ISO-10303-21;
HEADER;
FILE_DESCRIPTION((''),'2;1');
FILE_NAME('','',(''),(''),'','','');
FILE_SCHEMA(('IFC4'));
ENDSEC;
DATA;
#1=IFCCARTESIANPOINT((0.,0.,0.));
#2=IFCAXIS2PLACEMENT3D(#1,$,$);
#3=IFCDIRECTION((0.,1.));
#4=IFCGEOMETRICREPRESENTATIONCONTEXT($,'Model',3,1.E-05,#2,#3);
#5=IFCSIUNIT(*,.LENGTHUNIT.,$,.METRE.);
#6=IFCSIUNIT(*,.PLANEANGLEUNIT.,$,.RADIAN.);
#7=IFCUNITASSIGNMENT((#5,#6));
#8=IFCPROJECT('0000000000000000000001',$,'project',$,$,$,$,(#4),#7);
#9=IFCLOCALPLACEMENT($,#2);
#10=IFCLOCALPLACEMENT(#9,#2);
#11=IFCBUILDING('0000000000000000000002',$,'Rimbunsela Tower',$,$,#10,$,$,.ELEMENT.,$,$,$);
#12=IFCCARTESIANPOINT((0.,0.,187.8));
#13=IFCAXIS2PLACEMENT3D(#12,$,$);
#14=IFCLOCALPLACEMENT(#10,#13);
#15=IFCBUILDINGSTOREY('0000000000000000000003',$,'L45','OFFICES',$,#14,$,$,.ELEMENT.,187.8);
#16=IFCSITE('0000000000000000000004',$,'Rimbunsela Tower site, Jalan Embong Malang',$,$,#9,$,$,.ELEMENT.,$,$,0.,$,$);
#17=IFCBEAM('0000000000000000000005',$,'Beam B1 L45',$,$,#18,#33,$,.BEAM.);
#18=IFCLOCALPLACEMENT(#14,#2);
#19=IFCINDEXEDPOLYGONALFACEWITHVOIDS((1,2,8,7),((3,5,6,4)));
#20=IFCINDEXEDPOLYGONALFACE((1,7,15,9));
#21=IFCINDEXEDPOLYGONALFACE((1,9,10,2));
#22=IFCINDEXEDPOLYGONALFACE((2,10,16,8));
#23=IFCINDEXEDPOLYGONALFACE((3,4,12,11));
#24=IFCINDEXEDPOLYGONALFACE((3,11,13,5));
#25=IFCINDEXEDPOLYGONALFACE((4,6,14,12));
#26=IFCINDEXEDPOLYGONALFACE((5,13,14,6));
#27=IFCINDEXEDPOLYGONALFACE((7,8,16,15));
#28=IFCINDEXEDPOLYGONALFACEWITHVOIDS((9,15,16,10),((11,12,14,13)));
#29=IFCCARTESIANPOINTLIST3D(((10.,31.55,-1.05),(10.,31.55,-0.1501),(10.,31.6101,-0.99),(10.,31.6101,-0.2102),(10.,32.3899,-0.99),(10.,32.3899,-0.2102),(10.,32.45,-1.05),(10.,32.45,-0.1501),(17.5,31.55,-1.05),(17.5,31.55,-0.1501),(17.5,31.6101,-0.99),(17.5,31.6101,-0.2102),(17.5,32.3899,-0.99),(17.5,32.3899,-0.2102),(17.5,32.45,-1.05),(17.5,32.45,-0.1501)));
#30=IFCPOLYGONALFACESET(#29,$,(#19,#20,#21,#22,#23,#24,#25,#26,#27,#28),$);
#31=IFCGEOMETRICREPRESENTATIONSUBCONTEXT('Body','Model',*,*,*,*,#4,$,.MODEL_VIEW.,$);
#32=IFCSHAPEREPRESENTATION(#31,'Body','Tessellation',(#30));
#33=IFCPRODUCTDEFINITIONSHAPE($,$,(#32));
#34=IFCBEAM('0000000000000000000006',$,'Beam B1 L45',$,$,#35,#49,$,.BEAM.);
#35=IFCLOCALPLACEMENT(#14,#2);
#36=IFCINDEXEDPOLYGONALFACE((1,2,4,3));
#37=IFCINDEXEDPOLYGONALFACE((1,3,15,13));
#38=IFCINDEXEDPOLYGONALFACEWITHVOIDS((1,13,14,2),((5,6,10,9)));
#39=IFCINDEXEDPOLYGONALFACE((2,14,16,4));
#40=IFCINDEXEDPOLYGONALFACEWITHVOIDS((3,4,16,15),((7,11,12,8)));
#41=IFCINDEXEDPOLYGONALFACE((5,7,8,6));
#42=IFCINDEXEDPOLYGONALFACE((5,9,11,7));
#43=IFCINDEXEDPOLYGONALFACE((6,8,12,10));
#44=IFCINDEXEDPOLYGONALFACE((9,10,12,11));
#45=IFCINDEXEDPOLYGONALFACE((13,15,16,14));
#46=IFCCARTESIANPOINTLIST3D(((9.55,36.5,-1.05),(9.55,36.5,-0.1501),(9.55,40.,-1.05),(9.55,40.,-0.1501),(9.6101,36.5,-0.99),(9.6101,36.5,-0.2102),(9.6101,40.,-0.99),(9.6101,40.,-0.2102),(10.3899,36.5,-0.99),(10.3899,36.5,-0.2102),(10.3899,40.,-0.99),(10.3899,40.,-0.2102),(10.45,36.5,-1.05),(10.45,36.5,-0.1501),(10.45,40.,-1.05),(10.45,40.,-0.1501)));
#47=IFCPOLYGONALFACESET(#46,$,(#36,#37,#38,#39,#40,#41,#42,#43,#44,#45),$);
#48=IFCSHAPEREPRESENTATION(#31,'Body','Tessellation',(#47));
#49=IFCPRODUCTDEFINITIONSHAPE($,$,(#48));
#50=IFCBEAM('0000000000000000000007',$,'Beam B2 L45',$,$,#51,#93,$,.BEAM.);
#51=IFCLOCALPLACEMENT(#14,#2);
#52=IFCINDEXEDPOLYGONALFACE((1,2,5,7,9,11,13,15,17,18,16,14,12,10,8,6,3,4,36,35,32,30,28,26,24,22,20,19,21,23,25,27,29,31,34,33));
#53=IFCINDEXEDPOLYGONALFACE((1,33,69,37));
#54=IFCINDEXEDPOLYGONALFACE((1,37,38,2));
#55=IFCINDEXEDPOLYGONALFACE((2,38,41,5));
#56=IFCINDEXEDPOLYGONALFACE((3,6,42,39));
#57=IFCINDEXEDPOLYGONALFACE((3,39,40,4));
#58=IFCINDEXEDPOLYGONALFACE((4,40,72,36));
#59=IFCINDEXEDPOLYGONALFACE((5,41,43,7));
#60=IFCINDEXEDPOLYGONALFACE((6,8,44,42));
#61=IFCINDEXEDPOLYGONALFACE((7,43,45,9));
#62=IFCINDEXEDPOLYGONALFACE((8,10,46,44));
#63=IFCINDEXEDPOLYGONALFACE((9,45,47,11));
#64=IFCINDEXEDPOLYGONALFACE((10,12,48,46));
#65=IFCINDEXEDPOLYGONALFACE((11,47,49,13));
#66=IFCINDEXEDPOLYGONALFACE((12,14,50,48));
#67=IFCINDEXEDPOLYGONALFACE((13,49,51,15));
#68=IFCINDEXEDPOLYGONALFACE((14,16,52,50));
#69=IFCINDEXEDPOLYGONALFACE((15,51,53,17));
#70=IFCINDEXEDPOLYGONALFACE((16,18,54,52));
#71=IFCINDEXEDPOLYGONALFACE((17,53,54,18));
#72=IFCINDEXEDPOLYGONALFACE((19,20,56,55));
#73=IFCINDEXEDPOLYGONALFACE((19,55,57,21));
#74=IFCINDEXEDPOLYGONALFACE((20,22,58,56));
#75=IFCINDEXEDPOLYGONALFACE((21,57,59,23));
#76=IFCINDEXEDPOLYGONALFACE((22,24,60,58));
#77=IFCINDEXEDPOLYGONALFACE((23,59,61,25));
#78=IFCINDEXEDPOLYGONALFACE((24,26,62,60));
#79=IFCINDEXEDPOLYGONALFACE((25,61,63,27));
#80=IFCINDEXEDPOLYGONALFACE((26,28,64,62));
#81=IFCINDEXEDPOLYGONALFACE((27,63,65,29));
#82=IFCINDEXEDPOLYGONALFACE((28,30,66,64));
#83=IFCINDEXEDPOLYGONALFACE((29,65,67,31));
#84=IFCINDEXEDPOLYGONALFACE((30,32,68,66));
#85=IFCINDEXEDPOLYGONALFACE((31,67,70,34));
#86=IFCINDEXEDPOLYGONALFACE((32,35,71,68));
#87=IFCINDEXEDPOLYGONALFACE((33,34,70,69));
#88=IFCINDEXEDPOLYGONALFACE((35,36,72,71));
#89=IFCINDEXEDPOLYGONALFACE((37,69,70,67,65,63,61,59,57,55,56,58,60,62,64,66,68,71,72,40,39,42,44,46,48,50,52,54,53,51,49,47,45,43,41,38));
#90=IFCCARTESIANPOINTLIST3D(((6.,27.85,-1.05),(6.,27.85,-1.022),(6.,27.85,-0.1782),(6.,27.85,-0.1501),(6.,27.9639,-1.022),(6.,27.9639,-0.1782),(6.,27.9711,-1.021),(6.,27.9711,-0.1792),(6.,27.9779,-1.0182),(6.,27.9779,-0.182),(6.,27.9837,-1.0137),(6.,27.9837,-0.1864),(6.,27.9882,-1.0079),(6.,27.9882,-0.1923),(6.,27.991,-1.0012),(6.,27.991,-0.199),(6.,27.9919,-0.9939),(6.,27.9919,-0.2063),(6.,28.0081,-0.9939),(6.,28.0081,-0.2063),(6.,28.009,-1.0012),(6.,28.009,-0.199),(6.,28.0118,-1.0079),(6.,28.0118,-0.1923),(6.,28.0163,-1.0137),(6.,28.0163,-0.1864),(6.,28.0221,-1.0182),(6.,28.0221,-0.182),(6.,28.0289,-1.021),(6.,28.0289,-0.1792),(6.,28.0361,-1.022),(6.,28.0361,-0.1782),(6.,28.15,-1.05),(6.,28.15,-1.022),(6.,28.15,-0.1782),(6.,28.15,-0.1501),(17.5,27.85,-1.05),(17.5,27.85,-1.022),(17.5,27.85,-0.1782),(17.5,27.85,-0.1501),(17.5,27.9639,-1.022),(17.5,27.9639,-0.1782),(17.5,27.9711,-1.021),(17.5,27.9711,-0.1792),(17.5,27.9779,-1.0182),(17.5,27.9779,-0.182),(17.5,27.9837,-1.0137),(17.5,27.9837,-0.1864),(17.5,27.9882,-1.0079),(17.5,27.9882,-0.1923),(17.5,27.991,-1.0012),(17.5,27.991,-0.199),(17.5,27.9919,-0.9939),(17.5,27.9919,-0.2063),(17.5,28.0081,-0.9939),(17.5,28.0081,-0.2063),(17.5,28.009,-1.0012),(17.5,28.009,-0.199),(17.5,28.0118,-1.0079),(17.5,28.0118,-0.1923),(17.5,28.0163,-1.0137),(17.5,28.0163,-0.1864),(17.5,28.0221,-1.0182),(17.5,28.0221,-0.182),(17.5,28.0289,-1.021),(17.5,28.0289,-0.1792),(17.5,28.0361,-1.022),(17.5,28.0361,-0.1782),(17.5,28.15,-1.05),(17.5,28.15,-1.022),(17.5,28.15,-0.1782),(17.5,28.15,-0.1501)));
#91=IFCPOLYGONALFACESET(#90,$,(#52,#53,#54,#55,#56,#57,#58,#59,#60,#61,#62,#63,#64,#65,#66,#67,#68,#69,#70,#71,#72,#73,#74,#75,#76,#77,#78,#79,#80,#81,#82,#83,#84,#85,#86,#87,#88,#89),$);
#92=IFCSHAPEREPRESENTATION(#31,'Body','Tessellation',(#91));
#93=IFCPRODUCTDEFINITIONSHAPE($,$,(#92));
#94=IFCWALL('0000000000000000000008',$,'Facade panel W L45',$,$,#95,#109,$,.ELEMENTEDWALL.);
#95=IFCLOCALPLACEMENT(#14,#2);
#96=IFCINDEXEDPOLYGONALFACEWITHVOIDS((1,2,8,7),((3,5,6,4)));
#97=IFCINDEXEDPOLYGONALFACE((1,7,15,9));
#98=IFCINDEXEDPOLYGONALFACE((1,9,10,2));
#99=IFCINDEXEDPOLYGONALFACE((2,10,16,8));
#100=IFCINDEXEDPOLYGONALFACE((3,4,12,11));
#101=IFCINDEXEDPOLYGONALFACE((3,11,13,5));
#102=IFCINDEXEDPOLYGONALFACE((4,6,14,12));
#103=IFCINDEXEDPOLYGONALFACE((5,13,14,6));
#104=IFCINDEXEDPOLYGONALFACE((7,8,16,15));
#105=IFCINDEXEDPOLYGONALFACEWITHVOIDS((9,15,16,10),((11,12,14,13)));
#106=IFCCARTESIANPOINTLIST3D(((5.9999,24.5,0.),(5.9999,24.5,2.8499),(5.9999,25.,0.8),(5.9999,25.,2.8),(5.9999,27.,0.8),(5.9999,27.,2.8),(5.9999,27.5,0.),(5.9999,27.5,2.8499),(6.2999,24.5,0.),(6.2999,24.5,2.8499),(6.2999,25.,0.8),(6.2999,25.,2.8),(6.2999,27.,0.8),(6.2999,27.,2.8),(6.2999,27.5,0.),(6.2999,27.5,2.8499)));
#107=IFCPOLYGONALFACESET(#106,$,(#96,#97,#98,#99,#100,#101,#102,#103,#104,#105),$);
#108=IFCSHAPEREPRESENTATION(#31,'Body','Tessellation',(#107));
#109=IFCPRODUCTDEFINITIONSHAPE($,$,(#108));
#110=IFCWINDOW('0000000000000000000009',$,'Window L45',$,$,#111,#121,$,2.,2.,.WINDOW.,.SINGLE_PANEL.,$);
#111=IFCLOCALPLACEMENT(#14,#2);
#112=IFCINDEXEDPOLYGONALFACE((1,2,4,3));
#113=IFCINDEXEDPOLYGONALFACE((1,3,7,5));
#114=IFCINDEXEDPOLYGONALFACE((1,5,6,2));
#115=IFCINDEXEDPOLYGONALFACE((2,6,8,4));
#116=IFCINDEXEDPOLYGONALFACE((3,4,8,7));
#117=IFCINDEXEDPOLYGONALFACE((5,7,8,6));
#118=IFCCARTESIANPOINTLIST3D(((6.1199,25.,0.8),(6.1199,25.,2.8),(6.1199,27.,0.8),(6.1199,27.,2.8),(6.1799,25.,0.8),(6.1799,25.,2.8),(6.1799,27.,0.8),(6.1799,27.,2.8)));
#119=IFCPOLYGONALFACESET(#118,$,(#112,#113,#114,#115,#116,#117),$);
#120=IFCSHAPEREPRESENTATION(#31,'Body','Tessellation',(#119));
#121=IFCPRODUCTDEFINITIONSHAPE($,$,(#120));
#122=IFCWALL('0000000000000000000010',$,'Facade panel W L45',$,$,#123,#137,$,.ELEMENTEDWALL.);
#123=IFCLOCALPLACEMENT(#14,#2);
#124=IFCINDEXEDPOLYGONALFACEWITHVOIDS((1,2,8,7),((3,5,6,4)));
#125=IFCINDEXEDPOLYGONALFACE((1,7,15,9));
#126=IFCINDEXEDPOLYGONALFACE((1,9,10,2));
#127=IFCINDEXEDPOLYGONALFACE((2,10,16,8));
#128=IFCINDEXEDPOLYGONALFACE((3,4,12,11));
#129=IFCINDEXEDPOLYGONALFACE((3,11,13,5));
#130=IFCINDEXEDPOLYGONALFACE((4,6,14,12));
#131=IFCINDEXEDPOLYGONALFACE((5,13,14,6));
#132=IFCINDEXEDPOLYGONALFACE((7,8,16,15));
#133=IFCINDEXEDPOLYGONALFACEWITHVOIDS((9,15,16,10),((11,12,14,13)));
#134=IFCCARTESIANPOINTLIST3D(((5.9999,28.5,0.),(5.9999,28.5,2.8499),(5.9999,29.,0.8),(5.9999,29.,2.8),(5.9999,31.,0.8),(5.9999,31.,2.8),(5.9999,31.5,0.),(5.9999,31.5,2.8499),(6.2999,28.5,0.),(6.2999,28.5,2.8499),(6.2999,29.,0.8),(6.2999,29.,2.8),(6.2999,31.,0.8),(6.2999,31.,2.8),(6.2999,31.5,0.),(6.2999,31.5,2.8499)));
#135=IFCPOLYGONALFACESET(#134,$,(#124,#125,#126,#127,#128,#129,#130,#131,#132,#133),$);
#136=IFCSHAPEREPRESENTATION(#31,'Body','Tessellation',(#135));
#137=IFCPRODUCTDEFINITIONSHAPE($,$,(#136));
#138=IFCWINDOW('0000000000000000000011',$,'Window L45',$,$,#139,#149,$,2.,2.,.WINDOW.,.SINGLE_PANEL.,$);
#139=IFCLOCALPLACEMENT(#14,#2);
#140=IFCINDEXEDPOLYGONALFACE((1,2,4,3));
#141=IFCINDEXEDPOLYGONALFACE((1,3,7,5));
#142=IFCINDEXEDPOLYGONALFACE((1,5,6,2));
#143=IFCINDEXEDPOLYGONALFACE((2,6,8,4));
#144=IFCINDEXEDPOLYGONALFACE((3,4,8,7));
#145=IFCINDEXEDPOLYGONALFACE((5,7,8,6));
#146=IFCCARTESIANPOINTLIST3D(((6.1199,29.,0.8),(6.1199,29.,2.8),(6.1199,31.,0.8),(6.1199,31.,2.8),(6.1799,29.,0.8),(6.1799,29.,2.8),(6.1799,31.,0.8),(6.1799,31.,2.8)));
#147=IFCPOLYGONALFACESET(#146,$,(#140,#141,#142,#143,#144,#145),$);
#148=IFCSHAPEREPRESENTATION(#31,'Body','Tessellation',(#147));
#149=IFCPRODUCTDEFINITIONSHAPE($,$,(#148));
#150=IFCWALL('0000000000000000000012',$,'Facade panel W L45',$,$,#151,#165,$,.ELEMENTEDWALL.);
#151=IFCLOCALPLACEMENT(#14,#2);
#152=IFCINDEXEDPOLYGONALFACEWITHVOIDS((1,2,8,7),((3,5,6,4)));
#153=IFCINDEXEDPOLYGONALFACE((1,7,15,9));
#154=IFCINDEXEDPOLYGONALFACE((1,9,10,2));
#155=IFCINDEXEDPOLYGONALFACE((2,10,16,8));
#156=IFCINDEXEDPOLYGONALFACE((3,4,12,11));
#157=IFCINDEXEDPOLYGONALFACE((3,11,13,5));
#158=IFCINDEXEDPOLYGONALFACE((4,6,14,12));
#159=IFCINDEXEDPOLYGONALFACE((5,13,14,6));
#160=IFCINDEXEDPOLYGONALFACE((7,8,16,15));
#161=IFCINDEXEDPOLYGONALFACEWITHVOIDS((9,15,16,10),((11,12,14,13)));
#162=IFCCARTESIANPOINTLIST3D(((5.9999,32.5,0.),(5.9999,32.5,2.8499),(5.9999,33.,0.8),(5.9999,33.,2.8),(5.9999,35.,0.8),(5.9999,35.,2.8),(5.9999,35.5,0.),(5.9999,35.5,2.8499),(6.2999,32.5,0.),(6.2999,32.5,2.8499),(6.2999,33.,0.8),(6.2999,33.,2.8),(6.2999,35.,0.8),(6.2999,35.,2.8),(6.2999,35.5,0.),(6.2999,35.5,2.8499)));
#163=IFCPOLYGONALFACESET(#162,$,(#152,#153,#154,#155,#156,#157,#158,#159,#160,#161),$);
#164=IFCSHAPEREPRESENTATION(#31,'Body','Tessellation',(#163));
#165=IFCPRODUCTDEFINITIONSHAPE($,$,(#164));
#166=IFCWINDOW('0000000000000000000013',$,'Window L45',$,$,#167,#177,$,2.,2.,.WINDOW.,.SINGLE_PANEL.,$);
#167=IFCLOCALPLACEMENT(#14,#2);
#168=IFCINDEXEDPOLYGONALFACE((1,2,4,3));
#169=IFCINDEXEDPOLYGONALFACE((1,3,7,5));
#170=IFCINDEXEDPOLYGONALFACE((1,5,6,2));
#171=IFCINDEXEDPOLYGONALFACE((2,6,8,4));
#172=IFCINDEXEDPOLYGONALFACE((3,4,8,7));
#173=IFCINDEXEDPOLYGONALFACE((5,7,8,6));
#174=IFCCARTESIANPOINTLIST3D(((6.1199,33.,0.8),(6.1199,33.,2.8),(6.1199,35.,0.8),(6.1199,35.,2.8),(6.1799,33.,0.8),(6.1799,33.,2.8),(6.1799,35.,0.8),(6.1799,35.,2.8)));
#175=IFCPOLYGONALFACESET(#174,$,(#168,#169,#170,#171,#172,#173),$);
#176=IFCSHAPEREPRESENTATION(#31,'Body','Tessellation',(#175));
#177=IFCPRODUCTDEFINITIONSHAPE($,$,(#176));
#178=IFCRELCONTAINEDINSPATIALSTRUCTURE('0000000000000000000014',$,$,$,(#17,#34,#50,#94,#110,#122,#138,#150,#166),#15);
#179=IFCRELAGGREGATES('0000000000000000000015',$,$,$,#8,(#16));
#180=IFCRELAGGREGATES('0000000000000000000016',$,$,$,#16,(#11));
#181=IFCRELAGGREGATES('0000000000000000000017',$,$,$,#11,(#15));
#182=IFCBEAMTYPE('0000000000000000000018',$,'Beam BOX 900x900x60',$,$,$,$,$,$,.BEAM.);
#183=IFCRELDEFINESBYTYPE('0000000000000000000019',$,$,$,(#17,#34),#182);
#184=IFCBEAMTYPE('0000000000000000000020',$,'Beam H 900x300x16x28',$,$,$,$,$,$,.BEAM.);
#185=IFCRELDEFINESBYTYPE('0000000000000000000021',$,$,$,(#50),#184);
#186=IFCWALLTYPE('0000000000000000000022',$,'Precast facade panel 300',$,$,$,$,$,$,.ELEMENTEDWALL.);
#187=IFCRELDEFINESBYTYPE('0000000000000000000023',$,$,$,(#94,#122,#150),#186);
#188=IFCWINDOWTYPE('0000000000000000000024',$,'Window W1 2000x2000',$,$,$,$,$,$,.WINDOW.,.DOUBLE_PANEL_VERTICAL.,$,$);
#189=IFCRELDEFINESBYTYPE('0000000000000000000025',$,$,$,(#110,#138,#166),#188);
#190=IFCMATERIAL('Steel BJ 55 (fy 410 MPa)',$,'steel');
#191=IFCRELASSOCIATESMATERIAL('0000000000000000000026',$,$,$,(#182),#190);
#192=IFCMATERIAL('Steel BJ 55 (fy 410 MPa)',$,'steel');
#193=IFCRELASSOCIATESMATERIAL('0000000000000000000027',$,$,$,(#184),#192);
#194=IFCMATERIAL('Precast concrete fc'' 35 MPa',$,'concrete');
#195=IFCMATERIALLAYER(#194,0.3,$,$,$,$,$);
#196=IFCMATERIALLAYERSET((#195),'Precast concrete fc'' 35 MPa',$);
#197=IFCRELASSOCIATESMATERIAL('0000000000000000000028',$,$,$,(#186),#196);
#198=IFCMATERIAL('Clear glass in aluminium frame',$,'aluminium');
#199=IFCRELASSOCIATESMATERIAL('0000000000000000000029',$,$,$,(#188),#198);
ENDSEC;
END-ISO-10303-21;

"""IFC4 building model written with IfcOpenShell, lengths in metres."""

from ifc_helpers import new_model, si_unit, direction, frame, frame_2d, origin, origin_2d, place, context, subcontext, project, spatial, rectangle, hollow_rectangle, i_section, extrude, material, layer, layer_set, material_profile, profile_set, type_object, element, fill, save


model = new_model("IFC4")

# Units and contexts
model_context = context("Model", 3, precision=1e-05, world=origin(), true_north=direction((0.0, 1.0)))
body_context = subcontext(model_context, "Body", "Model", "MODEL_VIEW")
ifc_project = project(units=[si_unit("LENGTHUNIT", "METRE"), si_unit("PLANEANGLEUNIT", "RADIAN")], contexts=[model_context])

# Site, building, storey
site_placement = place(None, origin())
site = spatial("IfcSite", under=ifc_project, at=site_placement, Name="Rimbunsela Tower site, Jalan Embong Malang", CompositionType="ELEMENT", RefElevation=0.0)
building_placement = place(site_placement, origin())
building = spatial("IfcBuilding", under=site, at=building_placement, Name="Rimbunsela Tower", CompositionType="ELEMENT")
storey_placement = place(building_placement, frame((0.0, 0.0, 187.8)))
storey = spatial("IfcBuildingStorey", under=building, at=storey_placement, Name="L45", Description="OFFICES", CompositionType="ELEMENT", Elevation=187.8)

# Beams
ifc_material_1 = material(Name="Steel BJ 55 (fy 410 MPa)", Category="steel")
ifc_material_profile_1 = material_profile(ifc_material_1, hollow_rectangle(XDim=0.8999, YDim=0.8999, WallThickness=0.0601, at=origin_2d()), Name="BOX 900x900x60")
ifc_profile_set_1 = profile_set([ifc_material_profile_1], Name="Steel BJ 55 (fy 410 MPa)")
beam_type_1 = type_object("IfcBeamType", Name="Beam BOX 900x900x60", PredefinedType="BEAM", material=ifc_profile_set_1)
beam_1_placement = place(storey_placement, frame((10.0, 32.0, -0.6001), z_axis=(1.0, 0.0, 0.0), x_axis=(0.0, 1.0, 0.0)))
element("IfcBeam", 1, at=beam_1_placement, inside=storey, type_object=beam_type_1, Name="Beam B1 L45", PredefinedType="BEAM", context=body_context, shape_type="SweptSolid", body=[
    extrude(hollow_rectangle(XDim=0.8999, YDim=0.8999, WallThickness=0.0601, at=origin_2d()), origin(), (0.0, 0.0, 1.0), 7.5),
])
beam_2_placement = place(storey_placement, frame((10.0, 36.5, -0.6001), z_axis=(0.0, 1.0, 0.0), x_axis=(-1.0, 0.0, 0.0)))
element("IfcBeam", 2, at=beam_2_placement, inside=storey, type_object=beam_type_1, Name="Beam B1 L45", PredefinedType="BEAM", context=body_context, shape_type="SweptSolid", body=[
    extrude(hollow_rectangle(XDim=0.8999, YDim=0.8999, WallThickness=0.0601, at=origin_2d()), origin(), (0.0, 0.0, 1.0), 3.5),
])
ifc_material_2 = material(Name="Steel BJ 55 (fy 410 MPa)", Category="steel")
ifc_material_profile_2 = material_profile(ifc_material_2, i_section(OverallWidth=0.3, OverallDepth=0.8999, WebThickness=0.0161, FlangeThickness=0.0281, FilletRadius=0.0281, at=origin_2d()), Name="H 900x300x16x28")
ifc_profile_set_2 = profile_set([ifc_material_profile_2], Name="Steel BJ 55 (fy 410 MPa)")
beam_type_2 = type_object("IfcBeamType", Name="Beam H 900x300x16x28", PredefinedType="BEAM", material=ifc_profile_set_2)
beam_3_placement = place(storey_placement, frame((6.0, 28.0, -0.6001), z_axis=(1.0, 0.0, 0.0), x_axis=(0.0, 1.0, 0.0)))
element("IfcBeam", 3, at=beam_3_placement, inside=storey, type_object=beam_type_2, Name="Beam B2 L45", PredefinedType="BEAM", context=body_context, shape_type="SweptSolid", body=[
    extrude(i_section(OverallWidth=0.3, OverallDepth=0.8999, WebThickness=0.0161, FlangeThickness=0.0281, FilletRadius=0.0281, at=origin_2d()), origin(), (0.0, 0.0, 1.0), 11.5),
])

# Walls, openings, windows
ifc_material_3 = material(Name="Precast concrete fc' 35 MPa", Category="concrete")
ifc_layer_1 = layer(ifc_material_3, 0.3)
ifc_layer_set_1 = layer_set([ifc_layer_1], Name="Precast concrete fc' 35 MPa")
wall_type = type_object("IfcWallType", Name="Precast facade panel 300", PredefinedType="ELEMENTEDWALL", material=ifc_layer_set_1)
wall_1_placement = place(storey_placement, frame((6.1499, 27.5, 0.0), z_axis=(0.0, 0.0, 1.0), x_axis=(0.0, -1.0, 0.0)))
wall_1 = element("IfcWall", 4, at=wall_1_placement, inside=storey, type_object=wall_type, Name="Facade panel W L45", PredefinedType="ELEMENTEDWALL", context=body_context, shape_type="SweptSolid", body=[
    extrude(rectangle(XDim=3.0, YDim=0.3, at=frame_2d((1.5, 0.0))), origin(), (0.0, 0.0, 1.0), 2.8499),
])
opening_1_placement = place(wall_1_placement, frame((0.5, 0.0, 0.8)))
opening_1 = element("IfcOpeningElement", 5, at=opening_1_placement, cuts=wall_1, PredefinedType="OPENING", context=body_context, shape_type="SweptSolid", body=[
    extrude(rectangle(XDim=2.0, YDim=2.0, at=frame_2d((1.0, 1.0))), frame((0.0, 0.1599, 0.0), z_axis=(0.0, -1.0, 0.0), x_axis=(1.0, 0.0, 0.0)), (0.0, 0.0, 1.0), 0.3201),
])
ifc_material_4 = material(Name="Clear glass in aluminium frame", Category="aluminium")
window_type = type_object("IfcWindowType", Name="Window W1 2000x2000", PartitioningType="DOUBLE_PANEL_VERTICAL", PredefinedType="WINDOW", material=ifc_material_4)
window_1_placement = place(opening_1_placement, origin())
window_1 = element("IfcWindow", 6, at=window_1_placement, inside=storey, type_object=window_type, Name="Window L45", OverallHeight=2.0, OverallWidth=2.0, PartitioningType="SINGLE_PANEL", PredefinedType="WINDOW", context=body_context, shape_type="SweptSolid", body=[
    extrude(rectangle(XDim=2.0, YDim=2.0, at=frame_2d((1.0, 1.0))), frame((0.0, 0.03, 0.0), z_axis=(0.0, -1.0, 0.0), x_axis=(1.0, 0.0, 0.0)), (0.0, 0.0, 1.0), 0.0601),
])
fill(opening_1, window_1)
wall_2_placement = place(storey_placement, frame((6.1499, 31.5, 0.0), z_axis=(0.0, 0.0, 1.0), x_axis=(0.0, -1.0, 0.0)))
wall_2 = element("IfcWall", 7, at=wall_2_placement, inside=storey, type_object=wall_type, Name="Facade panel W L45", PredefinedType="ELEMENTEDWALL", context=body_context, shape_type="SweptSolid", body=[
    extrude(rectangle(XDim=3.0, YDim=0.3, at=frame_2d((1.5, 0.0))), origin(), (0.0, 0.0, 1.0), 2.8499),
])
opening_2_placement = place(wall_2_placement, frame((0.5, 0.0, 0.8)))
opening_2 = element("IfcOpeningElement", 8, at=opening_2_placement, cuts=wall_2, PredefinedType="OPENING", context=body_context, shape_type="SweptSolid", body=[
    extrude(rectangle(XDim=2.0, YDim=2.0, at=frame_2d((1.0, 1.0))), frame((0.0, 0.1599, 0.0), z_axis=(0.0, -1.0, 0.0), x_axis=(1.0, 0.0, 0.0)), (0.0, 0.0, 1.0), 0.3201),
])
window_2_placement = place(opening_2_placement, origin())
window_2 = element("IfcWindow", 9, at=window_2_placement, inside=storey, type_object=window_type, Name="Window L45", OverallHeight=2.0, OverallWidth=2.0, PartitioningType="SINGLE_PANEL", PredefinedType="WINDOW", context=body_context, shape_type="SweptSolid", body=[
    extrude(rectangle(XDim=2.0, YDim=2.0, at=frame_2d((1.0, 1.0))), frame((0.0, 0.03, 0.0), z_axis=(0.0, -1.0, 0.0), x_axis=(1.0, 0.0, 0.0)), (0.0, 0.0, 1.0), 0.0601),
])
fill(opening_2, window_2)
wall_3_placement = place(storey_placement, frame((6.1499, 35.5, 0.0), z_axis=(0.0, 0.0, 1.0), x_axis=(0.0, -1.0, 0.0)))
wall_3 = element("IfcWall", 10, at=wall_3_placement, inside=storey, type_object=wall_type, Name="Facade panel W L45", PredefinedType="ELEMENTEDWALL", context=body_context, shape_type="SweptSolid", body=[
    extrude(rectangle(XDim=3.0, YDim=0.3, at=frame_2d((1.5, 0.0))), origin(), (0.0, 0.0, 1.0), 2.8499),
])
opening_3_placement = place(wall_3_placement, frame((0.5, 0.0, 0.8)))
opening_3 = element("IfcOpeningElement", 11, at=opening_3_placement, cuts=wall_3, PredefinedType="OPENING", context=body_context, shape_type="SweptSolid", body=[
    extrude(rectangle(XDim=2.0, YDim=2.0, at=frame_2d((1.0, 1.0))), frame((0.0, 0.1599, 0.0), z_axis=(0.0, -1.0, 0.0), x_axis=(1.0, 0.0, 0.0)), (0.0, 0.0, 1.0), 0.3201),
])
window_3_placement = place(opening_3_placement, origin())
window_3 = element("IfcWindow", 12, at=window_3_placement, inside=storey, type_object=window_type, Name="Window L45", OverallHeight=2.0, OverallWidth=2.0, PartitioningType="SINGLE_PANEL", PredefinedType="WINDOW", context=body_context, shape_type="SweptSolid", body=[
    extrude(rectangle(XDim=2.0, YDim=2.0, at=frame_2d((1.0, 1.0))), frame((0.0, 0.03, 0.0), z_axis=(0.0, -1.0, 0.0), x_axis=(1.0, 0.0, 0.0)), (0.0, 0.0, 1.0), 0.0601),
])
fill(opening_3, window_3)

save(model, "model.ifc")
